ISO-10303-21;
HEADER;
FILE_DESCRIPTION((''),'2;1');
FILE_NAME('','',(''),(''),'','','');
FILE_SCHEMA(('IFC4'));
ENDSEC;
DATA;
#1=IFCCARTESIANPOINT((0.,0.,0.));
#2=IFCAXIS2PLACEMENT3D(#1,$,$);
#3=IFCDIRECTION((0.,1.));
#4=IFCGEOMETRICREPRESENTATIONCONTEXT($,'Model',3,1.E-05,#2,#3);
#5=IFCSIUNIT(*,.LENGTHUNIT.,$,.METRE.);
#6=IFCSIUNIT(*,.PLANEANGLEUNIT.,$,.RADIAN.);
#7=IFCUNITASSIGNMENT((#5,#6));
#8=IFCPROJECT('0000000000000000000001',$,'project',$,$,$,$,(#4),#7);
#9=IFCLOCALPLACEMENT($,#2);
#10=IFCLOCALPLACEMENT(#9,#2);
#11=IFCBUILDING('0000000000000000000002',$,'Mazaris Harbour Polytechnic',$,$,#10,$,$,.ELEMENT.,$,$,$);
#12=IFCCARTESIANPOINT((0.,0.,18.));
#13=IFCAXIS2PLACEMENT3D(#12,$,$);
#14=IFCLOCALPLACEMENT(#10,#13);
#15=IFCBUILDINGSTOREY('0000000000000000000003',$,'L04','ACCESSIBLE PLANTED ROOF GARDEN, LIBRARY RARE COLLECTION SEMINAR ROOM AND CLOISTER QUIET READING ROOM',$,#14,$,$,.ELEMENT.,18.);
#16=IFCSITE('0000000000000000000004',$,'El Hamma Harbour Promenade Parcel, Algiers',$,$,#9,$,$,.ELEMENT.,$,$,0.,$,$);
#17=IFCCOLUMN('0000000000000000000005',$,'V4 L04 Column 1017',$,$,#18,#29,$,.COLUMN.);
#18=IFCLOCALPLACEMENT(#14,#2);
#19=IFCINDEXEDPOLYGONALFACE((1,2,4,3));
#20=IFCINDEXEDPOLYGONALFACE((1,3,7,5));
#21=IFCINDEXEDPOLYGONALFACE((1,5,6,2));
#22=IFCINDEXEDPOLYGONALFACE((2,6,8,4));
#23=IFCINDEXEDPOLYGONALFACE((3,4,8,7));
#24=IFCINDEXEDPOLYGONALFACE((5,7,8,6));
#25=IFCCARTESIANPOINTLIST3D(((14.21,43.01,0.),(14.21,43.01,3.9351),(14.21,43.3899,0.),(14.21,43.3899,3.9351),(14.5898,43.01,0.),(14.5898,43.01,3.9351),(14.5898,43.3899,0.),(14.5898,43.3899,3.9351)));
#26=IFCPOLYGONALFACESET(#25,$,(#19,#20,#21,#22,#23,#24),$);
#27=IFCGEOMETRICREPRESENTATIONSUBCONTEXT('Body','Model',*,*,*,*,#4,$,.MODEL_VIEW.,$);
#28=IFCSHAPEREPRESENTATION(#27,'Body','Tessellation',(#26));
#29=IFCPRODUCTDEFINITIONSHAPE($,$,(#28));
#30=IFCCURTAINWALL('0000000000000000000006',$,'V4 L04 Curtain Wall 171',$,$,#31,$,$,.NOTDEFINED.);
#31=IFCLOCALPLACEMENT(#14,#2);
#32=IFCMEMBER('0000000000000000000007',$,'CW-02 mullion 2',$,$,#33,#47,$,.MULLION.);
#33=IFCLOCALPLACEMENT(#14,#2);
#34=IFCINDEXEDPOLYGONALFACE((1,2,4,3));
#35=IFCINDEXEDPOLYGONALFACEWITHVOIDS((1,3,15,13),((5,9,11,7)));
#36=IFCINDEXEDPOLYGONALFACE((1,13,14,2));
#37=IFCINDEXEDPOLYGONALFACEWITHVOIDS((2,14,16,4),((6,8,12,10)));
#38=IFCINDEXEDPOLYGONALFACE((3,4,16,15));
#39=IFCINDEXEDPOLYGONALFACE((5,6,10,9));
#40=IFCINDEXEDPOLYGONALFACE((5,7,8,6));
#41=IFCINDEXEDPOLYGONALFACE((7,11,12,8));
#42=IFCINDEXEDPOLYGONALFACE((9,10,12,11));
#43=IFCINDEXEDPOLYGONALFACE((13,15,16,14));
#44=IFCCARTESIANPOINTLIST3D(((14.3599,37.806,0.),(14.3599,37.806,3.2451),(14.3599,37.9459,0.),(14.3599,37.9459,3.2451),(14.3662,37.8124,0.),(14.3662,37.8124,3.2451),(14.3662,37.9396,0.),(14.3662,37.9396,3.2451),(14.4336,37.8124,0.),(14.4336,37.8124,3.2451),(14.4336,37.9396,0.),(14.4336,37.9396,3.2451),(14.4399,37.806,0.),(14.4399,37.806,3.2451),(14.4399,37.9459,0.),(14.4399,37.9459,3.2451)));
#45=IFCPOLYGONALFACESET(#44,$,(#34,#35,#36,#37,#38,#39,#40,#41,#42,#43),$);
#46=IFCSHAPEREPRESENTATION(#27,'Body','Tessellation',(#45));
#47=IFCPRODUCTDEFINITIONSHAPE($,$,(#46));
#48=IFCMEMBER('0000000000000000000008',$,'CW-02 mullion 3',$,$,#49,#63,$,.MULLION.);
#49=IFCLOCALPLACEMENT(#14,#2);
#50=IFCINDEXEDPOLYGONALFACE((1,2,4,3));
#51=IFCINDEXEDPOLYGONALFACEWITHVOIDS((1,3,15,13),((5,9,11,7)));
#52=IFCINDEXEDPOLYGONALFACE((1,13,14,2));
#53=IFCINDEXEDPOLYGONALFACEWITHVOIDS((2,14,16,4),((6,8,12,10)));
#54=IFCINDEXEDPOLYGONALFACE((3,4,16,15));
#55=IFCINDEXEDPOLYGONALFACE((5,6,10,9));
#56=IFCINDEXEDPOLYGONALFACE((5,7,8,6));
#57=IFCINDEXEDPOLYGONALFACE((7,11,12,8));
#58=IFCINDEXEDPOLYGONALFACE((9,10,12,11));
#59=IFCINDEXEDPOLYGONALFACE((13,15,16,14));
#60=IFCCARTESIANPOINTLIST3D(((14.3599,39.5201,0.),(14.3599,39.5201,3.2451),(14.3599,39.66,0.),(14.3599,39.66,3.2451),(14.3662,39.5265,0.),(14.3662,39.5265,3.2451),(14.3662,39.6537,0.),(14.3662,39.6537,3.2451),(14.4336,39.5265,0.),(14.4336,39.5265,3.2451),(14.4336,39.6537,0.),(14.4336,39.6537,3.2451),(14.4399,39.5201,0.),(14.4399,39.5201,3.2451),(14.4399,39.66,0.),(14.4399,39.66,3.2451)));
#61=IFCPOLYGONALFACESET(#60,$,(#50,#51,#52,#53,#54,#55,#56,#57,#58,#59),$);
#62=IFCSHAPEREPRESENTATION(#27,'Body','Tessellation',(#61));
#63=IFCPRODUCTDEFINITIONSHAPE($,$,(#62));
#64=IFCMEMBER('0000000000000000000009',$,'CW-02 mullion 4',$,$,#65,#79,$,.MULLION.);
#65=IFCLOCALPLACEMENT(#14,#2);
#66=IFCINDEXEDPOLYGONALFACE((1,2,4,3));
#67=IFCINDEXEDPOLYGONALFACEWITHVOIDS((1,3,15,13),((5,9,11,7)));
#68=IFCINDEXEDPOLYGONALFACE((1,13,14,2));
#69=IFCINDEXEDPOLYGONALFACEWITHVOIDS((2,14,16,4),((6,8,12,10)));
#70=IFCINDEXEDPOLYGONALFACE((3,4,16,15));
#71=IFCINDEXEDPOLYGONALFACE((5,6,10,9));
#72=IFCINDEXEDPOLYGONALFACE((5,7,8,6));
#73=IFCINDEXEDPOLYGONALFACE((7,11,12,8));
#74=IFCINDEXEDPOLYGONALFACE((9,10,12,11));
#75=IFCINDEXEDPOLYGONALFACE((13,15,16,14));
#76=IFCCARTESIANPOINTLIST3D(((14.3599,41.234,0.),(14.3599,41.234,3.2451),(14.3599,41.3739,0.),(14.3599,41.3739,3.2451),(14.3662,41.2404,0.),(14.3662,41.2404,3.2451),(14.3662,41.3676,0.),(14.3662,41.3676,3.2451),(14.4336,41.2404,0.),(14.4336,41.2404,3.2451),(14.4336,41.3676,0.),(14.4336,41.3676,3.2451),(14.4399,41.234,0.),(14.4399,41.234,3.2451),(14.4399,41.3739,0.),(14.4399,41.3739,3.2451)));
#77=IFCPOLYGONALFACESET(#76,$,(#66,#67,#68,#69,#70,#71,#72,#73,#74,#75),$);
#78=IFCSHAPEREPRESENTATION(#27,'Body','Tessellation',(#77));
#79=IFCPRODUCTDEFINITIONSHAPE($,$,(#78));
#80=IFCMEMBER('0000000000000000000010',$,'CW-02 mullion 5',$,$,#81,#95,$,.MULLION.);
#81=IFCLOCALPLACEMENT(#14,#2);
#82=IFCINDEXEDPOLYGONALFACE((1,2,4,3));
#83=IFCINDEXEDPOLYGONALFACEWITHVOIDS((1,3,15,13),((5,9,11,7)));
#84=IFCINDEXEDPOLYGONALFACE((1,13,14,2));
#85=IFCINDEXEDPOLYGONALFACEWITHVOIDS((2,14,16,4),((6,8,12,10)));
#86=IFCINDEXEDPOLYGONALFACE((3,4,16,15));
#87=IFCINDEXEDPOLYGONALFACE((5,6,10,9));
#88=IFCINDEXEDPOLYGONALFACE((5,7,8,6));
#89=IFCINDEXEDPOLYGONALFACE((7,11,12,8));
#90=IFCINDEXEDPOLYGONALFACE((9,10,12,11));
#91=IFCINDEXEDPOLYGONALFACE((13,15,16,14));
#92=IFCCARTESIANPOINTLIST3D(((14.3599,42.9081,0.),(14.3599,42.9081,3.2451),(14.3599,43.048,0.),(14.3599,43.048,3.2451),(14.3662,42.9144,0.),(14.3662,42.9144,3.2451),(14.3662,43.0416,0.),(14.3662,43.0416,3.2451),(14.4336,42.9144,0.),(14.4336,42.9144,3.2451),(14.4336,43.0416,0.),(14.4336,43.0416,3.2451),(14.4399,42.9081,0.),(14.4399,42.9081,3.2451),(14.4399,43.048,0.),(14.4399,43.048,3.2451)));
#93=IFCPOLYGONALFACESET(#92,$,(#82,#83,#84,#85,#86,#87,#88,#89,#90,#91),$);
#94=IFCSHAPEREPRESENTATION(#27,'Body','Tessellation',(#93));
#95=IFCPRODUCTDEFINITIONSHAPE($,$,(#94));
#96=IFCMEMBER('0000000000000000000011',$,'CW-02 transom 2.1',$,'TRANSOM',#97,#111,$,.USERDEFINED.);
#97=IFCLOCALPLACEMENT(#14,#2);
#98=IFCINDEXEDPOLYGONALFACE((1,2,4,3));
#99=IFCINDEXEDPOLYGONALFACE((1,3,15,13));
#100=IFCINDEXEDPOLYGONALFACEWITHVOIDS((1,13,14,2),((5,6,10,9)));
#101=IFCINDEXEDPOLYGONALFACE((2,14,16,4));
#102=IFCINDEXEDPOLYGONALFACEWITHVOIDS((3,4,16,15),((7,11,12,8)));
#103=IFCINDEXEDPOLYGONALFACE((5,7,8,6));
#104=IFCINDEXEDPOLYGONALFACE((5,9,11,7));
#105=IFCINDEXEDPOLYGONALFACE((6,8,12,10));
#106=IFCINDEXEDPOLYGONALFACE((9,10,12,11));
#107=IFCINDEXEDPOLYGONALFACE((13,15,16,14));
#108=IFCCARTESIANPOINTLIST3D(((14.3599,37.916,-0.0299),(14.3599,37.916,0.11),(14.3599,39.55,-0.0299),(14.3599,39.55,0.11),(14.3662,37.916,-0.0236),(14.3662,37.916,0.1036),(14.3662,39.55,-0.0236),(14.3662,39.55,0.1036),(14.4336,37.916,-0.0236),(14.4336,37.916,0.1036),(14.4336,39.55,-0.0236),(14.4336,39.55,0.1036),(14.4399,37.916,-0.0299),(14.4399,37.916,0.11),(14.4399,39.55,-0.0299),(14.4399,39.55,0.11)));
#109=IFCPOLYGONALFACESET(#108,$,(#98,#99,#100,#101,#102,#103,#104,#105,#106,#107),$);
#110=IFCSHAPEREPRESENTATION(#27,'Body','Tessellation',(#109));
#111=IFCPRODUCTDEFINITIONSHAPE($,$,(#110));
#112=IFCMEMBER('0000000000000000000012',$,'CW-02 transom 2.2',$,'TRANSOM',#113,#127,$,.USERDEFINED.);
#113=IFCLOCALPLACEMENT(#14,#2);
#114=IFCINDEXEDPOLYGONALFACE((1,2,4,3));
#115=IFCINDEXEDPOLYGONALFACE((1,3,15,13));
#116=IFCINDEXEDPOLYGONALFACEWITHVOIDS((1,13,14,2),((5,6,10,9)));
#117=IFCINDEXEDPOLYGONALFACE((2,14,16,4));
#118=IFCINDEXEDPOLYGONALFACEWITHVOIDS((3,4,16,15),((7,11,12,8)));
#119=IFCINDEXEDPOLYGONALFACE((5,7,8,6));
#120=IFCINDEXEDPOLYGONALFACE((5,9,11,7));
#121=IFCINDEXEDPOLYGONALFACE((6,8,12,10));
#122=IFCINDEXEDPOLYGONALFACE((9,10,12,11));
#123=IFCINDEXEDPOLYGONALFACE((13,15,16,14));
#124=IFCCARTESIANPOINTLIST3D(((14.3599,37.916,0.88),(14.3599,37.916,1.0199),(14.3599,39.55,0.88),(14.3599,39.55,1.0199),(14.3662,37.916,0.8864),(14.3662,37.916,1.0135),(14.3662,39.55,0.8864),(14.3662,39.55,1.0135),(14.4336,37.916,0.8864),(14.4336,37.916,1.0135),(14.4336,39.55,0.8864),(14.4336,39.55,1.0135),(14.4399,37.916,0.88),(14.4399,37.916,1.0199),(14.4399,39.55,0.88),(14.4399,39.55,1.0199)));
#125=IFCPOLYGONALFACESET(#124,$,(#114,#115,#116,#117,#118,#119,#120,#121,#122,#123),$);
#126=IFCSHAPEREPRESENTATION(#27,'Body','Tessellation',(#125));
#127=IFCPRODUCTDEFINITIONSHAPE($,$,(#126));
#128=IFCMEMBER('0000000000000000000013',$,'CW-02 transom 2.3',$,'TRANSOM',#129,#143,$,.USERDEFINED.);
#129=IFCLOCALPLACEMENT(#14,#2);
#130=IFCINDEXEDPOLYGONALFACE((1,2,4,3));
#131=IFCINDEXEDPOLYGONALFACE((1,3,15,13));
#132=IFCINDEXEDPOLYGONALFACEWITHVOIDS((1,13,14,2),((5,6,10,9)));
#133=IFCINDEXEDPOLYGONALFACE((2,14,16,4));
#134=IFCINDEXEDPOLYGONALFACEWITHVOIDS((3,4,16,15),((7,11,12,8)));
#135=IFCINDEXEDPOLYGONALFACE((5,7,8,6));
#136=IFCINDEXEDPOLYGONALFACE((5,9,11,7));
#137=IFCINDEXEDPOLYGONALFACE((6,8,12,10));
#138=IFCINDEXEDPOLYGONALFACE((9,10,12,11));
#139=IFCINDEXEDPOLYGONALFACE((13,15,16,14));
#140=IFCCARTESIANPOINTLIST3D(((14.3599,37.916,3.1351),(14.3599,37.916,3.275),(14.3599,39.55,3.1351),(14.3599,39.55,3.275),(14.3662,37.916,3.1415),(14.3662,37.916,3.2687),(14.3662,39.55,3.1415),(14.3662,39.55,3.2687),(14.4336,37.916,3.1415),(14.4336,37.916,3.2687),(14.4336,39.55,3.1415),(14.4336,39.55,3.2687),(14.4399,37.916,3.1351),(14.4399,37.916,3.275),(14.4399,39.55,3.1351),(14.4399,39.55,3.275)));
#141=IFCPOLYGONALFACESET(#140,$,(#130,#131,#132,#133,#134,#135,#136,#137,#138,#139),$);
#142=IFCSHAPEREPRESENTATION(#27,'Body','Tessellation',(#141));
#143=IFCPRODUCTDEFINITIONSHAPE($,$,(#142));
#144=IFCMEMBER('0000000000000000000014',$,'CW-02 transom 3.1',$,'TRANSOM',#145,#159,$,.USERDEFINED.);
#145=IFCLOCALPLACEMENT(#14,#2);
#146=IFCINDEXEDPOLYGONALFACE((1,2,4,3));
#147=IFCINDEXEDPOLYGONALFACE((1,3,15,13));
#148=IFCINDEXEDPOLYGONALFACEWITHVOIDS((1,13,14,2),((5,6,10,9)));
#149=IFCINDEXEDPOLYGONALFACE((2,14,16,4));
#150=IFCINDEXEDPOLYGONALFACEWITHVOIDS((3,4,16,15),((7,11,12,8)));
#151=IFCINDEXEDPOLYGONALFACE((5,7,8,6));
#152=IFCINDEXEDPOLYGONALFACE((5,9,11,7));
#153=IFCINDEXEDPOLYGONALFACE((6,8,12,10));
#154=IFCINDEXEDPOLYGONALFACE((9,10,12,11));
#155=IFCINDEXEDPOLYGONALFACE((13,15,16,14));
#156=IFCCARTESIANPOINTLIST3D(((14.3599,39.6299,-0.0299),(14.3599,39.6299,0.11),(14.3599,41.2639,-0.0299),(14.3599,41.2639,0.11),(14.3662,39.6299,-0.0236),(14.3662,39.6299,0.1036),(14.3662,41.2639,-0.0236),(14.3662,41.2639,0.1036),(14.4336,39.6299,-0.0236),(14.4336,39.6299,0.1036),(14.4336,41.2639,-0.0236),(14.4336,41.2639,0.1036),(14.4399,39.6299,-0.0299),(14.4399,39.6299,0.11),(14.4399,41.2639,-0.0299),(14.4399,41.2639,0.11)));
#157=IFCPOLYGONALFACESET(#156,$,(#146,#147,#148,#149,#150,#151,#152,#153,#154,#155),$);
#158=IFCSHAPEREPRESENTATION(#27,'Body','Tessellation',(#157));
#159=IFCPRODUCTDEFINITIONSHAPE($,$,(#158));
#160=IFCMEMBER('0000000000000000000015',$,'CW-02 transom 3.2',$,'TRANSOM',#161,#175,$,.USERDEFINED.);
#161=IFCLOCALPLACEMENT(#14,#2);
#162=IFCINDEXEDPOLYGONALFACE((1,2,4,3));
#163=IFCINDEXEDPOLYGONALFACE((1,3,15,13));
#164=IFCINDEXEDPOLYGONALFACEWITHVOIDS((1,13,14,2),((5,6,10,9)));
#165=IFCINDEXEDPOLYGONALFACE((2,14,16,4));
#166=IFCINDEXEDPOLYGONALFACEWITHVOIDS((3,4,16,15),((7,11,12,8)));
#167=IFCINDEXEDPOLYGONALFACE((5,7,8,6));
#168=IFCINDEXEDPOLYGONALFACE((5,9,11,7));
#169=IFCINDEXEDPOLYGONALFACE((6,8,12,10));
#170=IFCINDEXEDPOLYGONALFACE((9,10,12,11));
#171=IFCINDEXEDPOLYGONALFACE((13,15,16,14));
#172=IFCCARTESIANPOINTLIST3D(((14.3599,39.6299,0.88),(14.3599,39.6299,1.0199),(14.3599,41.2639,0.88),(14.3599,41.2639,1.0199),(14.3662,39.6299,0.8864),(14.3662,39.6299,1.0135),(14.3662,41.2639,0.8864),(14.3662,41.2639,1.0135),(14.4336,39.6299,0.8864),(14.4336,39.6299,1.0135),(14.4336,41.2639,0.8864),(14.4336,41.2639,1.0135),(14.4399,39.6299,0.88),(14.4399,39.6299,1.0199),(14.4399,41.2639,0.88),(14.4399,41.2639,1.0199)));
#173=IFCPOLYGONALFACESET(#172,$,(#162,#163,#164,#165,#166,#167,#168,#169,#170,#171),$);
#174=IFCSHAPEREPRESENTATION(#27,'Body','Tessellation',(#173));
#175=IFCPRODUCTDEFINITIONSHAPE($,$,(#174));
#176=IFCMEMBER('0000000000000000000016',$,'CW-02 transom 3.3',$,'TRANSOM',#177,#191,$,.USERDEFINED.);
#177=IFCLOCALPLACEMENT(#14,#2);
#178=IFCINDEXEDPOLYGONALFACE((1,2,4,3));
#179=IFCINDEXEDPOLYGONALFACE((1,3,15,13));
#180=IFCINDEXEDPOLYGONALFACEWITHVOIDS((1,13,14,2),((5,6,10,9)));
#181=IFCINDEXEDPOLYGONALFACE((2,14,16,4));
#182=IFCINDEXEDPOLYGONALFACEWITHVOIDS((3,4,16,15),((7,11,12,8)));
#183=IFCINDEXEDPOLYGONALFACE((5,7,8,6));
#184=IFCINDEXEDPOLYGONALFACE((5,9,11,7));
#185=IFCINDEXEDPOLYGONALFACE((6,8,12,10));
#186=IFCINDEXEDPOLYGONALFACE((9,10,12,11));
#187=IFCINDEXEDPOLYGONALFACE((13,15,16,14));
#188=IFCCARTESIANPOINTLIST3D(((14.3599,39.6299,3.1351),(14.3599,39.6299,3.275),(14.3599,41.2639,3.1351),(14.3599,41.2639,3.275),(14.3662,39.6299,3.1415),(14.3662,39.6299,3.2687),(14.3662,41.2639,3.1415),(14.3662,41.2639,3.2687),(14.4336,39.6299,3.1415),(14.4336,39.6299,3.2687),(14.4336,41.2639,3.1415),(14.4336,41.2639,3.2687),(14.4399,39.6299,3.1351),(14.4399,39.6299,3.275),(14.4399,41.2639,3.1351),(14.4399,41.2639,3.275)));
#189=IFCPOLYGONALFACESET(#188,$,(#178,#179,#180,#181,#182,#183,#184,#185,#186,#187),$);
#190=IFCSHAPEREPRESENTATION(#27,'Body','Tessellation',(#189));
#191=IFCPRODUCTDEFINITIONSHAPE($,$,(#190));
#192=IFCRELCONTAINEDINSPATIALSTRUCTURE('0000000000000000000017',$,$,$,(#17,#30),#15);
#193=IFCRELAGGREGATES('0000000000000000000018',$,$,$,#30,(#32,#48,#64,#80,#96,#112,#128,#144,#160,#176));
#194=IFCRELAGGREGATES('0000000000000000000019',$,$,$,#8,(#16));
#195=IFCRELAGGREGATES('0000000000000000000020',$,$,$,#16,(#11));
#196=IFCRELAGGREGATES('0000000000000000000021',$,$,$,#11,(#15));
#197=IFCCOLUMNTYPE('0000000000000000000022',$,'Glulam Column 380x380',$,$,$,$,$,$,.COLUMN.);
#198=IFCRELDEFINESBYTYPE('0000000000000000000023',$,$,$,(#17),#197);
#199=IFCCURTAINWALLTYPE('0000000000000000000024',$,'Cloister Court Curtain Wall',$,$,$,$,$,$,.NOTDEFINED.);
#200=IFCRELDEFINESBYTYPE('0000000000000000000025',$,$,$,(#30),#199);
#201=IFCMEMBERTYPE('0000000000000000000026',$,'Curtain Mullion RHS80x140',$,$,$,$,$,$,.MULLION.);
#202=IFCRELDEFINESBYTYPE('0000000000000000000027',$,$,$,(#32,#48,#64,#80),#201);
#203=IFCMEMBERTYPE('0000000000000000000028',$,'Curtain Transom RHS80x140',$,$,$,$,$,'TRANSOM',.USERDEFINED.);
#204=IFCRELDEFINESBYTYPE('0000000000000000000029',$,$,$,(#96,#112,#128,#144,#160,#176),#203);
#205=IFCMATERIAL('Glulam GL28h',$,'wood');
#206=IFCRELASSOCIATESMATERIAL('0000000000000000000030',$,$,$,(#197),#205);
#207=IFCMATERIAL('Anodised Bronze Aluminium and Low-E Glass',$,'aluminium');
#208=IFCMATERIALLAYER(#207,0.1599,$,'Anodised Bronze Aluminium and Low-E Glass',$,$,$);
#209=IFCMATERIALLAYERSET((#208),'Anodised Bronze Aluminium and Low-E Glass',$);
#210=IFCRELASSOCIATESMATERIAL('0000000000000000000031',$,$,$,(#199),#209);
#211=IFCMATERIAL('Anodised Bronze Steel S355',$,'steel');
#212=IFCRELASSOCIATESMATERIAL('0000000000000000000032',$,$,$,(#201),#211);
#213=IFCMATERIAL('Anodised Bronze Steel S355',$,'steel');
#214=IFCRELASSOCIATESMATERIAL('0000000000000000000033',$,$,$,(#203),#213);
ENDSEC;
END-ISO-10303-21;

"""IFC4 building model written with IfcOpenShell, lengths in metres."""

from ifc_helpers import new_model, si_unit, direction, frame, origin, origin_2d, place, context, subcontext, project, spatial, rectangle, hollow_rectangle, extrude, material, layer, layer_set, material_profile, profile_set, type_object, element, aggregate, save


model = new_model("IFC4")

# Units and contexts
model_context = context("Model", 3, precision=1e-05, world=origin(), true_north=direction((0.0, 1.0)))
body_context = subcontext(model_context, "Body", "Model", "MODEL_VIEW")
ifc_project = project(units=[si_unit("LENGTHUNIT", "METRE"), si_unit("PLANEANGLEUNIT", "RADIAN")], contexts=[model_context])

# Site, building, storey
site_placement = place(None, origin())
site = spatial("IfcSite", under=ifc_project, at=site_placement, Name="El Hamma Harbour Promenade Parcel, Algiers", CompositionType="ELEMENT", RefElevation=0.0)
building_placement = place(site_placement, origin())
building = spatial("IfcBuilding", under=site, at=building_placement, Name="Mazaris Harbour Polytechnic", CompositionType="ELEMENT")
storey_placement = place(building_placement, frame((0.0, 0.0, 18.0)))
storey = spatial("IfcBuildingStorey", under=building, at=storey_placement, Name="L04", Description="ACCESSIBLE PLANTED ROOF GARDEN, LIBRARY RARE COLLECTION SEMINAR ROOM AND CLOISTER QUIET READING ROOM", CompositionType="ELEMENT", Elevation=18.0)

# Column
ifc_material_1 = material(Name="Glulam GL28h", Category="wood")
ifc_material_profile_1 = material_profile(ifc_material_1, rectangle(XDim=0.3799, YDim=0.3799, at=origin_2d()), Name="RECT380x380")
ifc_profile_set_1 = profile_set([ifc_material_profile_1], Name="Glulam GL28h")
column_type = type_object("IfcColumnType", Name="Glulam Column 380x380", PredefinedType="COLUMN", material=ifc_profile_set_1)
column_placement = place(storey_placement, frame((14.3999, 43.2, 0.0), z_axis=(0.0, 0.0, 1.0), x_axis=(1.0, 0.0, 0.0)))
element("IfcColumn", 1, at=column_placement, inside=storey, type_object=column_type, Name="V4 L04 Column 1017", PredefinedType="COLUMN", context=body_context, shape_type="SweptSolid", body=[
    extrude(rectangle(XDim=0.3799, YDim=0.3799, at=origin_2d()), origin(), (0.0, 0.0, 1.0), 3.9351),
])

# Curtain wall, members
ifc_material_2 = material(Name="Anodised Bronze Aluminium and Low-E Glass", Category="aluminium")
ifc_layer_1 = layer(ifc_material_2, 0.1599, Name="Anodised Bronze Aluminium and Low-E Glass")
ifc_layer_set_1 = layer_set([ifc_layer_1], Name="Anodised Bronze Aluminium and Low-E Glass")
curtain_wall_type = type_object("IfcCurtainWallType", Name="Cloister Court Curtain Wall", PredefinedType="NOTDEFINED", material=ifc_layer_set_1)
curtain_wall_placement = place(storey_placement, origin())
curtain_wall = element("IfcCurtainWall", 2, at=curtain_wall_placement, inside=storey, type_object=curtain_wall_type, Name="V4 L04 Curtain Wall 171", PredefinedType="NOTDEFINED")
ifc_material_3 = material(Name="Anodised Bronze Steel S355", Category="steel")
ifc_material_profile_2 = material_profile(ifc_material_3, hollow_rectangle(XDim=0.0801, YDim=0.1399, WallThickness=0.0063, at=origin_2d()), Name="RHS 80x140x6.3")
ifc_profile_set_2 = profile_set([ifc_material_profile_2], Name="Anodised Bronze Steel S355")
member_type_1 = type_object("IfcMemberType", Name="Curtain Mullion RHS80x140", PredefinedType="MULLION", material=ifc_profile_set_2)
member_1_placement = place(storey_placement, frame((14.3999, 37.876, 0.0), z_axis=(0.0, 0.0, 1.0), x_axis=(-1.0, 0.0, 0.0)))
member_1 = element("IfcMember", 3, at=member_1_placement, type_object=member_type_1, Name="CW-02 mullion 2", PredefinedType="MULLION", context=body_context, shape_type="SweptSolid", body=[
    extrude(hollow_rectangle(XDim=0.0801, YDim=0.1399, WallThickness=0.0063, at=origin_2d()), origin(), (0.0, 0.0, 1.0), 3.2451),
])
member_2_placement = place(storey_placement, frame((14.3999, 39.5901, 0.0), z_axis=(0.0, 0.0, 1.0), x_axis=(-1.0, 0.0, 0.0)))
member_2 = element("IfcMember", 4, at=member_2_placement, type_object=member_type_1, Name="CW-02 mullion 3", PredefinedType="MULLION", context=body_context, shape_type="SweptSolid", body=[
    extrude(hollow_rectangle(XDim=0.0801, YDim=0.1399, WallThickness=0.0063, at=origin_2d()), origin(), (0.0, 0.0, 1.0), 3.2451),
])
member_3_placement = place(storey_placement, frame((14.3999, 41.304, 0.0), z_axis=(0.0, 0.0, 1.0), x_axis=(-1.0, 0.0, 0.0)))
member_3 = element("IfcMember", 5, at=member_3_placement, type_object=member_type_1, Name="CW-02 mullion 4", PredefinedType="MULLION", context=body_context, shape_type="SweptSolid", body=[
    extrude(hollow_rectangle(XDim=0.0801, YDim=0.1399, WallThickness=0.0063, at=origin_2d()), origin(), (0.0, 0.0, 1.0), 3.2451),
])
member_4_placement = place(storey_placement, frame((14.3999, 42.978, 0.0), z_axis=(0.0, 0.0, 1.0), x_axis=(-1.0, 0.0, 0.0)))
member_4 = element("IfcMember", 6, at=member_4_placement, type_object=member_type_1, Name="CW-02 mullion 5", PredefinedType="MULLION", context=body_context, shape_type="SweptSolid", body=[
    extrude(hollow_rectangle(XDim=0.0801, YDim=0.1399, WallThickness=0.0063, at=origin_2d()), origin(), (0.0, 0.0, 1.0), 3.2451),
])
ifc_material_4 = material(Name="Anodised Bronze Steel S355", Category="steel")
ifc_material_profile_3 = material_profile(ifc_material_4, hollow_rectangle(XDim=0.0801, YDim=0.1399, WallThickness=0.0063, at=origin_2d()), Name="RHS 80x140x6.3")
ifc_profile_set_3 = profile_set([ifc_material_profile_3], Name="Anodised Bronze Steel S355")
member_type_2 = type_object("IfcMemberType", Name="Curtain Transom RHS80x140", ElementType="TRANSOM", PredefinedType="USERDEFINED", material=ifc_profile_set_3)
member_5_placement = place(storey_placement, frame((14.3999, 37.916, 0.04), z_axis=(0.0, 1.0, 0.0), x_axis=(-1.0, 0.0, 0.0)))
member_5 = element("IfcMember", 7, at=member_5_placement, type_object=member_type_2, Name="CW-02 transom 2.1", ObjectType="TRANSOM", PredefinedType="USERDEFINED", context=body_context, shape_type="SweptSolid", body=[
    extrude(hollow_rectangle(XDim=0.0801, YDim=0.1399, WallThickness=0.0063, at=origin_2d()), origin(), (0.0, 0.0, 1.0), 1.634),
])
member_6_placement = place(storey_placement, frame((14.3999, 37.916, 0.95), z_axis=(0.0, 1.0, 0.0), x_axis=(-1.0, 0.0, 0.0)))
member_6 = element("IfcMember", 8, at=member_6_placement, type_object=member_type_2, Name="CW-02 transom 2.2", ObjectType="TRANSOM", PredefinedType="USERDEFINED", context=body_context, shape_type="SweptSolid", body=[
    extrude(hollow_rectangle(XDim=0.0801, YDim=0.1399, WallThickness=0.0063, at=origin_2d()), origin(), (0.0, 0.0, 1.0), 1.634),
])
member_7_placement = place(storey_placement, frame((14.3999, 37.916, 3.2051), z_axis=(0.0, 1.0, 0.0), x_axis=(-1.0, 0.0, 0.0)))
member_7 = element("IfcMember", 9, at=member_7_placement, type_object=member_type_2, Name="CW-02 transom 2.3", ObjectType="TRANSOM", PredefinedType="USERDEFINED", context=body_context, shape_type="SweptSolid", body=[
    extrude(hollow_rectangle(XDim=0.0801, YDim=0.1399, WallThickness=0.0063, at=origin_2d()), origin(), (0.0, 0.0, 1.0), 1.634),
])
member_8_placement = place(storey_placement, frame((14.3999, 39.6299, 0.04), z_axis=(0.0, 1.0, 0.0), x_axis=(-1.0, 0.0, 0.0)))
member_8 = element("IfcMember", 10, at=member_8_placement, type_object=member_type_2, Name="CW-02 transom 3.1", ObjectType="TRANSOM", PredefinedType="USERDEFINED", context=body_context, shape_type="SweptSolid", body=[
    extrude(hollow_rectangle(XDim=0.0801, YDim=0.1399, WallThickness=0.0063, at=origin_2d()), origin(), (0.0, 0.0, 1.0), 1.634),
])
member_9_placement = place(storey_placement, frame((14.3999, 39.6299, 0.95), z_axis=(0.0, 1.0, 0.0), x_axis=(-1.0, 0.0, 0.0)))
member_9 = element("IfcMember", 11, at=member_9_placement, type_object=member_type_2, Name="CW-02 transom 3.2", ObjectType="TRANSOM", PredefinedType="USERDEFINED", context=body_context, shape_type="SweptSolid", body=[
    extrude(hollow_rectangle(XDim=0.0801, YDim=0.1399, WallThickness=0.0063, at=origin_2d()), origin(), (0.0, 0.0, 1.0), 1.634),
])
member_10_placement = place(storey_placement, frame((14.3999, 39.6299, 3.2051), z_axis=(0.0, 1.0, 0.0), x_axis=(-1.0, 0.0, 0.0)))
member_10 = element("IfcMember", 12, at=member_10_placement, type_object=member_type_2, Name="CW-02 transom 3.3", ObjectType="TRANSOM", PredefinedType="USERDEFINED", context=body_context, shape_type="SweptSolid", body=[
    extrude(hollow_rectangle(XDim=0.0801, YDim=0.1399, WallThickness=0.0063, at=origin_2d()), origin(), (0.0, 0.0, 1.0), 1.634),
])

aggregate(curtain_wall, [member_1, member_2, member_3, member_4, member_5, member_6, member_7, member_8, member_9, member_10])

save(model, "model.ifc")
